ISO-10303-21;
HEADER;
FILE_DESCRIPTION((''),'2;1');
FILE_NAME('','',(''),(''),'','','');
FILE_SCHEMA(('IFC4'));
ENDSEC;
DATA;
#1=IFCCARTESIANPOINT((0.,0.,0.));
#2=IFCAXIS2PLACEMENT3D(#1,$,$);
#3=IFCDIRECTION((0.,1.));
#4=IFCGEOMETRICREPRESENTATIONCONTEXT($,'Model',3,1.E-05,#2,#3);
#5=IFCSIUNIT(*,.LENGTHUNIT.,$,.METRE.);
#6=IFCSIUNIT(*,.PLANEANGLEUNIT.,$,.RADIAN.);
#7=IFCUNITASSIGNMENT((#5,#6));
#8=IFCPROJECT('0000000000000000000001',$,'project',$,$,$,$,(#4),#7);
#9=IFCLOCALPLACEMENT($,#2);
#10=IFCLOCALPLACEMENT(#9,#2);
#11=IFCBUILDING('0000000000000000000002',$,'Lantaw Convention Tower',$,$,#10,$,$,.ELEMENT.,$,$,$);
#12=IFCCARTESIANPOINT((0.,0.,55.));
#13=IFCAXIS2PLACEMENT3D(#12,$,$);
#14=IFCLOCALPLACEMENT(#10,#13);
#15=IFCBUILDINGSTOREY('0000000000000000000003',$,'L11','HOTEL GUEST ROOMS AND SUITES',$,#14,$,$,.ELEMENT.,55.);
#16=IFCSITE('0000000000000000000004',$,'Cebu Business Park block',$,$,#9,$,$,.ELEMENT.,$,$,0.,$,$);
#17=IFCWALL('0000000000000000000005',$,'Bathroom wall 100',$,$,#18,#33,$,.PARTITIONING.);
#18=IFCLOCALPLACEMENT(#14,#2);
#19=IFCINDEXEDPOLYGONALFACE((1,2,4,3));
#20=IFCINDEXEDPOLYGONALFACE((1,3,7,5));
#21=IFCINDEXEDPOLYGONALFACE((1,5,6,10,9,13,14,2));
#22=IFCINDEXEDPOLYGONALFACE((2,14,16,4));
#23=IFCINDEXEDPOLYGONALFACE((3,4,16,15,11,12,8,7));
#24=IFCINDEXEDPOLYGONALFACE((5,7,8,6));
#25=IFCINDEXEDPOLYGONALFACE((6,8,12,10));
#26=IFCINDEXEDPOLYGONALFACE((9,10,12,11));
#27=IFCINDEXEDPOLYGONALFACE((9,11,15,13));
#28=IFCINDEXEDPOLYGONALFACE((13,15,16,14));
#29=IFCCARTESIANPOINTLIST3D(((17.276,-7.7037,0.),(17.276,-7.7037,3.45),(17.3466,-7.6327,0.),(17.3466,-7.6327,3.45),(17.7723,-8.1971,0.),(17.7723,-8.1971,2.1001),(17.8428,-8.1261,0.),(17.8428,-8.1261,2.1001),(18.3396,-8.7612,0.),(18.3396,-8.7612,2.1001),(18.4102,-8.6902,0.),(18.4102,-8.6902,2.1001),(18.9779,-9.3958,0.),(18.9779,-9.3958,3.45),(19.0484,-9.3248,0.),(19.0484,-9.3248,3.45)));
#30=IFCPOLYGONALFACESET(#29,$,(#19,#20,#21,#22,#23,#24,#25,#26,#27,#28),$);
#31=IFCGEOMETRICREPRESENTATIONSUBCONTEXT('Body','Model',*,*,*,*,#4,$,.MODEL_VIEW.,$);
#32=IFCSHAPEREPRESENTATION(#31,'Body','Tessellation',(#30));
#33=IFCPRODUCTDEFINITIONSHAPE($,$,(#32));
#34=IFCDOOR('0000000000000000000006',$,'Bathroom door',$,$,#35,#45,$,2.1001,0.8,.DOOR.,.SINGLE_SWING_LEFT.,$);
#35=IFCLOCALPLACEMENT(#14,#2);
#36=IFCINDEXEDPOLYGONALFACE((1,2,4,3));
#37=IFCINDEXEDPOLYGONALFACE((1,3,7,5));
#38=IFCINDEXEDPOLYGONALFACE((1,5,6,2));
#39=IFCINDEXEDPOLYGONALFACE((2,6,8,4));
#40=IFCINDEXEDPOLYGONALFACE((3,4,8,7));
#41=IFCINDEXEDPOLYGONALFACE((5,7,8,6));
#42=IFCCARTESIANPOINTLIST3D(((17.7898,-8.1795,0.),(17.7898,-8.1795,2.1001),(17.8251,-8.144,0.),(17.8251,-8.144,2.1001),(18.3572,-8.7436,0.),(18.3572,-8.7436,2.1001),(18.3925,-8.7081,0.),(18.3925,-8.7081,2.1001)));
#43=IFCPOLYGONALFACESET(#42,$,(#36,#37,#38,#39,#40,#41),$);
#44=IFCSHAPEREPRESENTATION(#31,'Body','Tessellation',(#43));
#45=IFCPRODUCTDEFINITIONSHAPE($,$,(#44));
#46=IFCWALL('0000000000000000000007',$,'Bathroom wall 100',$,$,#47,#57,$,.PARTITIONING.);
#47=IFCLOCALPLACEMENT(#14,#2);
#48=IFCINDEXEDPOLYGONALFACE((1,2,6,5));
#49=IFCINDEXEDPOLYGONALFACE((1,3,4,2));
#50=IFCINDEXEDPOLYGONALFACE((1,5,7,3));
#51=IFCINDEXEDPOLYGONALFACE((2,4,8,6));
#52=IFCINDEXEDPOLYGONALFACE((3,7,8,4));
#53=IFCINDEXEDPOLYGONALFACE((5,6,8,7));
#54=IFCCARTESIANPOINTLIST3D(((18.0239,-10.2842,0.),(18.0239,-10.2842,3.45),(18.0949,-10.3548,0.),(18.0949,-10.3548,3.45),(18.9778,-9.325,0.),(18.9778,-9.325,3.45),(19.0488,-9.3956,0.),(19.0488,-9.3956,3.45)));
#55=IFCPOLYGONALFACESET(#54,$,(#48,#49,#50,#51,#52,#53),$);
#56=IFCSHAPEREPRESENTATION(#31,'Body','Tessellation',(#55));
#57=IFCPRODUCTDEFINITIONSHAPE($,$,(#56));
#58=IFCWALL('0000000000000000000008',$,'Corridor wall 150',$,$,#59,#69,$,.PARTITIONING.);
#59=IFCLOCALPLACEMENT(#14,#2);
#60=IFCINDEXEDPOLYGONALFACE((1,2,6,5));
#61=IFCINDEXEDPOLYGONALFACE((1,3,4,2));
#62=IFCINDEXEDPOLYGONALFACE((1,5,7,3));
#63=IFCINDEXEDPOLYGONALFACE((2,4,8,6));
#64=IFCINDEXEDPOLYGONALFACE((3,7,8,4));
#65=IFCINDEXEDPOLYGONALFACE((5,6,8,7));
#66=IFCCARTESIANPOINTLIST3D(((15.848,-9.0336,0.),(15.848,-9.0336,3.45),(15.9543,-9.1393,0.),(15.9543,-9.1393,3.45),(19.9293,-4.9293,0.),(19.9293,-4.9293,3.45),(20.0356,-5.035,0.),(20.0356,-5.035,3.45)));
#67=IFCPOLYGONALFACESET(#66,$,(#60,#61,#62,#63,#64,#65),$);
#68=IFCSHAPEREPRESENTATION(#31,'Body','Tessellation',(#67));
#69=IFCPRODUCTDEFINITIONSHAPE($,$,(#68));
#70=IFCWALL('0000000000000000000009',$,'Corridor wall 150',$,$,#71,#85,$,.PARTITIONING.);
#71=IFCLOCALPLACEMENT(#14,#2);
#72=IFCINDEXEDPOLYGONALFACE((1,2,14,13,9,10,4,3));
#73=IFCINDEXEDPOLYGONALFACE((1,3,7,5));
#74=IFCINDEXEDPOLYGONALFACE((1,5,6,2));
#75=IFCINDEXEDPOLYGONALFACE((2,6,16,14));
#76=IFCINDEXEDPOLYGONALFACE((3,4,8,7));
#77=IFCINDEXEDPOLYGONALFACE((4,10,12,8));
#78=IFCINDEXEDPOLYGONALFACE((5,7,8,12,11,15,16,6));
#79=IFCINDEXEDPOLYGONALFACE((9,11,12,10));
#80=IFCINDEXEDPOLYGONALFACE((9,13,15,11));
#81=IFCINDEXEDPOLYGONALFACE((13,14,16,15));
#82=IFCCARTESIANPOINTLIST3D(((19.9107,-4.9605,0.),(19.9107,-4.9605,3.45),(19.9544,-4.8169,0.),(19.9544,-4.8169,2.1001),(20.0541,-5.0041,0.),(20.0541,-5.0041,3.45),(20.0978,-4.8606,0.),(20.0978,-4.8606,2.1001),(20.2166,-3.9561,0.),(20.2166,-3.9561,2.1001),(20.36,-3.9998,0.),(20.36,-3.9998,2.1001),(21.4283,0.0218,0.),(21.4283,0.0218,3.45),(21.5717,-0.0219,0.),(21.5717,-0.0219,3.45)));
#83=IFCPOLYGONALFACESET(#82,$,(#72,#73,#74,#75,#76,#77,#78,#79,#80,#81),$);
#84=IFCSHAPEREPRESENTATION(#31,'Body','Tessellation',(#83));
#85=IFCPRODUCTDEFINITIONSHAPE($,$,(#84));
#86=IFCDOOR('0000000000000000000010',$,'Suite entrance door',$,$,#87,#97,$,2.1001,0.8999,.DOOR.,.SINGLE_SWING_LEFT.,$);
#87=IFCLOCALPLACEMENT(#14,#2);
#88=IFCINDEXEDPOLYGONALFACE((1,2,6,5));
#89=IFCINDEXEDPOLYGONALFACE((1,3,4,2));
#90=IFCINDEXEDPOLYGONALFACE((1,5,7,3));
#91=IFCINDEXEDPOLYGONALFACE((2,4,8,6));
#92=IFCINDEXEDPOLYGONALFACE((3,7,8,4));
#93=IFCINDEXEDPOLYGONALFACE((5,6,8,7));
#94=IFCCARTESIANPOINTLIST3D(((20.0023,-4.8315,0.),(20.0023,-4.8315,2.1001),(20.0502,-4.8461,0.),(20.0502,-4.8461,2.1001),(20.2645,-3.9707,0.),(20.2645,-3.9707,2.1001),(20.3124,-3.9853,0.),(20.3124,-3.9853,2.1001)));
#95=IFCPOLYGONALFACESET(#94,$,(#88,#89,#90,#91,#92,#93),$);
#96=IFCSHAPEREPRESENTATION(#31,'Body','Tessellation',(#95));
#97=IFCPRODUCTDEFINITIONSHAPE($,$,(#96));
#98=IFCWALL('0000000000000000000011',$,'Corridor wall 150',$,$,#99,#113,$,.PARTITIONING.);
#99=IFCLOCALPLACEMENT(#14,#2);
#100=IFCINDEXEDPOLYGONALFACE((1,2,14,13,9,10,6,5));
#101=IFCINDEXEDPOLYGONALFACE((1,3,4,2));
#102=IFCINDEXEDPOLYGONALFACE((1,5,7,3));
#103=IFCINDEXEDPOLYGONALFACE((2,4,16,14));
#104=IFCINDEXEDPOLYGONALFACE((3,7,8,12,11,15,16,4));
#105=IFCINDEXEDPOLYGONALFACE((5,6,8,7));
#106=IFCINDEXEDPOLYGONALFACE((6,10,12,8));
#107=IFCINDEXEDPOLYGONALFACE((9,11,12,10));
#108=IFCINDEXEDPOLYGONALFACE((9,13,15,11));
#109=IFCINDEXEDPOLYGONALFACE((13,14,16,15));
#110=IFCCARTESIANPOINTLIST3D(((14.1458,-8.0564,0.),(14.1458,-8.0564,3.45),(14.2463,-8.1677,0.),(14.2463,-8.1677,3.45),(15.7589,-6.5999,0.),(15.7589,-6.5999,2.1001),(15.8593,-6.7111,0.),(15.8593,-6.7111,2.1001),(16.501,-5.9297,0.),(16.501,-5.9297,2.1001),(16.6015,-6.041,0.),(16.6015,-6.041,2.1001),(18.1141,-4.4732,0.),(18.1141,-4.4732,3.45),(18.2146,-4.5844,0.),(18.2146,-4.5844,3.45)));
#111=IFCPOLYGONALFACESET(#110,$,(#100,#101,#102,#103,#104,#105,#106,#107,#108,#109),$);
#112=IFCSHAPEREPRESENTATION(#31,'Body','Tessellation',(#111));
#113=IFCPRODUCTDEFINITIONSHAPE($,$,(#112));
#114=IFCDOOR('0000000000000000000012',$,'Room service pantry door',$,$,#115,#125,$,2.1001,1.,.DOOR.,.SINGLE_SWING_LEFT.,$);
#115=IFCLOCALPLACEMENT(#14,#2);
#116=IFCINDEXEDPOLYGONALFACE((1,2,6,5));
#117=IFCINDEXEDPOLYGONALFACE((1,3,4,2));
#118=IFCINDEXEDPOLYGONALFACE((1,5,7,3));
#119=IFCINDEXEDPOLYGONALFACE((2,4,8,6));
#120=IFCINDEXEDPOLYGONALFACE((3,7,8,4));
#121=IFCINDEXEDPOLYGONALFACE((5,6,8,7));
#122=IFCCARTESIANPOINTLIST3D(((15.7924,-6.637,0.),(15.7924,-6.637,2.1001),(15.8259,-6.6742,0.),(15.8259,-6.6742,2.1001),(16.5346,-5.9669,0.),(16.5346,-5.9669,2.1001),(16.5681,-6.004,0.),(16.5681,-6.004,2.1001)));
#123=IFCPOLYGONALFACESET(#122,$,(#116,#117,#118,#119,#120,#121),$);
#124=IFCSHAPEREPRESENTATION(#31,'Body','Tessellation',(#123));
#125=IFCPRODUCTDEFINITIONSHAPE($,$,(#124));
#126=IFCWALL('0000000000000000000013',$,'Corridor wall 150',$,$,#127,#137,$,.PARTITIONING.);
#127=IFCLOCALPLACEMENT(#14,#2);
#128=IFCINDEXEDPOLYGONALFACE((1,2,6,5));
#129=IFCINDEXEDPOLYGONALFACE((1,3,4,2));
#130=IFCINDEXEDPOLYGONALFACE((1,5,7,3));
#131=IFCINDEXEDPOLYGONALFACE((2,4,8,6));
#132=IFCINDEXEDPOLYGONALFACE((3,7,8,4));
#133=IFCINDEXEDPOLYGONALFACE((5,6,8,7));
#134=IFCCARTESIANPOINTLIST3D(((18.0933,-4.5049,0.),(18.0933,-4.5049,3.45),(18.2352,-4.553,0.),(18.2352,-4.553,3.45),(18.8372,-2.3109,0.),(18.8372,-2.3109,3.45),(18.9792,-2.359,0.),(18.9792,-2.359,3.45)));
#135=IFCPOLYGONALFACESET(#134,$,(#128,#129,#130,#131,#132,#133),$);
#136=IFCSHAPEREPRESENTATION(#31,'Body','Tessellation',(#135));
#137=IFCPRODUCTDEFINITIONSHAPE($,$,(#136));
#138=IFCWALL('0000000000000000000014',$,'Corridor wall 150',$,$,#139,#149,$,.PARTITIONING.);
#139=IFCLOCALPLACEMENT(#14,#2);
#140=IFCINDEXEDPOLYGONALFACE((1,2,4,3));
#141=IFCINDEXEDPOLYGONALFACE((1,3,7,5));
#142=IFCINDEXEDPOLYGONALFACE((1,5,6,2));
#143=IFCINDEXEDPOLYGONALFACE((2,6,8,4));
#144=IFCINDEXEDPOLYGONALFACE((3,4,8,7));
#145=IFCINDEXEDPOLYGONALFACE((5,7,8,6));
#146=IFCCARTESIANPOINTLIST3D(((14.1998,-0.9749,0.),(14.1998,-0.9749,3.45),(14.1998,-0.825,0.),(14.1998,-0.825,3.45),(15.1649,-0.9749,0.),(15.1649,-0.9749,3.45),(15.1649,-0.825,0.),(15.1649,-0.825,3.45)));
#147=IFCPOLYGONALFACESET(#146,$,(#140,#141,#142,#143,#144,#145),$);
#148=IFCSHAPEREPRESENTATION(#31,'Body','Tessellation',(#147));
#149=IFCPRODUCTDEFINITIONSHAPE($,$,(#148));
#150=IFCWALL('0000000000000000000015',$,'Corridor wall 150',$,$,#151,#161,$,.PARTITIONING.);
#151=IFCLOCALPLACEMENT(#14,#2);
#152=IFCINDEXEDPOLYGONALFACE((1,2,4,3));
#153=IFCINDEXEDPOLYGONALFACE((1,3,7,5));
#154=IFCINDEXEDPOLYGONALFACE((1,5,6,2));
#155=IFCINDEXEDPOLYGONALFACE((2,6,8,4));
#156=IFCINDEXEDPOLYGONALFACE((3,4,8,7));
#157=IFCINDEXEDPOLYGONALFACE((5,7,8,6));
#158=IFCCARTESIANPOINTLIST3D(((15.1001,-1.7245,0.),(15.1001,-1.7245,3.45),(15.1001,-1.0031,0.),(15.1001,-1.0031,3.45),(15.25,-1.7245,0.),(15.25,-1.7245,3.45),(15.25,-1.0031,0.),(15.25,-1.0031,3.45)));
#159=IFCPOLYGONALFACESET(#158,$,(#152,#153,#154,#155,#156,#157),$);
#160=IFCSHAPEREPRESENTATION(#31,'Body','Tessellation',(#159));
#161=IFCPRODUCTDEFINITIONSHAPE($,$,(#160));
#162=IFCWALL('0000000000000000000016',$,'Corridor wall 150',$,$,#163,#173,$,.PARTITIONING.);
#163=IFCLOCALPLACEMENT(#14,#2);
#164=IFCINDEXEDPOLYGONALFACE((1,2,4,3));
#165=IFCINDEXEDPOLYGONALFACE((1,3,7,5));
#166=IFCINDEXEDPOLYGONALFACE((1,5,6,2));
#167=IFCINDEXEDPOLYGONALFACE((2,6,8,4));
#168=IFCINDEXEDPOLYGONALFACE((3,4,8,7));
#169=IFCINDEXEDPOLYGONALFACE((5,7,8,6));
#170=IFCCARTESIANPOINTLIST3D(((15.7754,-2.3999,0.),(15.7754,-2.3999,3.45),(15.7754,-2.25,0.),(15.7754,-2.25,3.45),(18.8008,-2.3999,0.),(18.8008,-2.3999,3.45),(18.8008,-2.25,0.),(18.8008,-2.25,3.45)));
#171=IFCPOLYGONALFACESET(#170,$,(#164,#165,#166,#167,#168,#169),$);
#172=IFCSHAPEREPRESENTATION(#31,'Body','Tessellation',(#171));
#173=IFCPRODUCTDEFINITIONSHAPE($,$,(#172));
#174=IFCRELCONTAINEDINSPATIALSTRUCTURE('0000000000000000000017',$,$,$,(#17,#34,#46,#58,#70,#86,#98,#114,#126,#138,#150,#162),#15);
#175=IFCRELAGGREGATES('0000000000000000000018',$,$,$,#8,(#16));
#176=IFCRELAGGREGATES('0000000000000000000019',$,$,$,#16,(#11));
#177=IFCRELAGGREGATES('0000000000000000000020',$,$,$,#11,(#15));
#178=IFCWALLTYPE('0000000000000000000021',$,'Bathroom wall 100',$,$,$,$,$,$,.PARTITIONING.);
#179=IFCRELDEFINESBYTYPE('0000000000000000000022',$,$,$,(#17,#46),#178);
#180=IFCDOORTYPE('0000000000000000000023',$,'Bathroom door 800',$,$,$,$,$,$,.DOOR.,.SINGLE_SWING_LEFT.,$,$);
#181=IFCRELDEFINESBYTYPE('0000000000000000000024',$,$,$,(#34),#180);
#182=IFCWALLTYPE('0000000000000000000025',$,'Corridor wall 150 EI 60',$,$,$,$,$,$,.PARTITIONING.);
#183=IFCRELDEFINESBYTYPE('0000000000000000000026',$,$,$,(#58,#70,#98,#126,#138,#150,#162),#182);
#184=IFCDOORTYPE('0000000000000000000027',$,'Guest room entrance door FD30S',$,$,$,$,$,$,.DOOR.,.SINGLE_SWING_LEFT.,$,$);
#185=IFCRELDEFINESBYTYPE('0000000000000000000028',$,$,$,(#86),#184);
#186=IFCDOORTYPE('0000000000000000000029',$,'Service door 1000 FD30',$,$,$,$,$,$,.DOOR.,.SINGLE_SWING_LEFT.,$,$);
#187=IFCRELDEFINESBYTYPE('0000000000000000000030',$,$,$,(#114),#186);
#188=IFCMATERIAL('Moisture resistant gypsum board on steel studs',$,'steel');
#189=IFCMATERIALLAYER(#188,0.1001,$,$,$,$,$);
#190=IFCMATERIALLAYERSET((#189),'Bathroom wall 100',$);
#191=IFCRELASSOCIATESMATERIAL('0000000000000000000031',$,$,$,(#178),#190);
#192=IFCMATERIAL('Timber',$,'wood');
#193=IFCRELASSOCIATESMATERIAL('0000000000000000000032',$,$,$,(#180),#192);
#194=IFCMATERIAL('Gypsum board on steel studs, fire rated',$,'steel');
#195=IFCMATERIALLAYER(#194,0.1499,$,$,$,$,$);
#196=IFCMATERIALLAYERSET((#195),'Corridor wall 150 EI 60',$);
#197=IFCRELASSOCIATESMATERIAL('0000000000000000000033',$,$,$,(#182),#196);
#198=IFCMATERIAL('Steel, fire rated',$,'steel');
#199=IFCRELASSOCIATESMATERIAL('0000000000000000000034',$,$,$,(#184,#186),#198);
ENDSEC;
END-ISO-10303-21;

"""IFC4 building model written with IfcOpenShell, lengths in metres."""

from ifc_helpers import new_model, si_unit, direction, frame, frame_2d, origin, place, context, subcontext, project, spatial, rectangle, extrude, material, layer, layer_set, type_object, element, fill, save


model = new_model("IFC4")

# Units and contexts
model_context = context("Model", 3, precision=1e-05, world=origin(), true_north=direction((0.0, 1.0)))
body_context = subcontext(model_context, "Body", "Model", "MODEL_VIEW")
ifc_project = project(units=[si_unit("LENGTHUNIT", "METRE"), si_unit("PLANEANGLEUNIT", "RADIAN")], contexts=[model_context])

# Site, building, storey
site_placement = place(None, origin())
site = spatial("IfcSite", under=ifc_project, at=site_placement, Name="Cebu Business Park block", CompositionType="ELEMENT", RefElevation=0.0)
building_placement = place(site_placement, origin())
building = spatial("IfcBuilding", under=site, at=building_placement, Name="Lantaw Convention Tower", CompositionType="ELEMENT")
storey_placement = place(building_placement, frame((0.0, 0.0, 55.0)))
storey = spatial("IfcBuildingStorey", under=building, at=storey_placement, Name="L11", Description="HOTEL GUEST ROOMS AND SUITES", CompositionType="ELEMENT", Elevation=55.0)

# Wall, opening, door
ifc_material_1 = material(Name="Moisture resistant gypsum board on steel studs", Category="steel")
ifc_layer_1 = layer(ifc_material_1, 0.1001)
ifc_layer_set_1 = layer_set([ifc_layer_1], Name="Bathroom wall 100")
wall_type_1 = type_object("IfcWallType", Name="Bathroom wall 100", PredefinedType="PARTITIONING", material=ifc_layer_set_1)
wall_1_placement = place(storey_placement, frame((17.3113, -7.6682, 0.0), z_axis=(0.0, 0.0, 1.0), x_axis=(0.709138, -0.705069, 0.0)))
wall_1 = element("IfcWall", 1, at=wall_1_placement, inside=storey, type_object=wall_type_1, Name="Bathroom wall 100", PredefinedType="PARTITIONING", context=body_context, shape_type="SweptSolid", body=[
    extrude(rectangle(XDim=2.3999, YDim=0.1001, at=frame_2d((1.2, 0.0))), origin(), (0.0, 0.0, 1.0), 3.45),
])
opening_1_placement = place(wall_1_placement, frame((0.7, 0.0, 0.0)))
opening_1 = element("IfcOpeningElement", 2, at=opening_1_placement, cuts=wall_1, PredefinedType="OPENING", context=body_context, shape_type="SweptSolid", body=[
    extrude(rectangle(XDim=0.8, YDim=2.1001, at=frame_2d((0.3999, 1.05))), frame((0.0, 0.0601, 0.0), z_axis=(0.0, -1.0, 0.0), x_axis=(1.0, 0.0, 0.0)), (0.0, 0.0, 1.0), 0.1201),
])
ifc_material_2 = material(Name="Timber", Category="wood")
door_type_1 = type_object("IfcDoorType", Name="Bathroom door 800", OperationType="SINGLE_SWING_LEFT", PredefinedType="DOOR", material=ifc_material_2)
door_1_placement = place(opening_1_placement, origin())
door_1 = element("IfcDoor", 3, at=door_1_placement, inside=storey, type_object=door_type_1, Name="Bathroom door", OperationType="SINGLE_SWING_LEFT", OverallHeight=2.1001, OverallWidth=0.8, PredefinedType="DOOR", context=body_context, shape_type="SweptSolid", body=[
    extrude(rectangle(XDim=0.8, YDim=2.1001, at=frame_2d((0.3999, 1.05))), frame((0.0, 0.0249, 0.0), z_axis=(0.0, -1.0, 0.0), x_axis=(1.0, 0.0, 0.0)), (0.0, 0.0, 1.0), 0.05),
])
fill(opening_1, door_1)

# Walls
wall_2_placement = place(storey_placement, frame((19.0132, -9.3604, 0.0), z_axis=(0.0, 0.0, 1.0), x_axis=(-0.705119, -0.709089, 0.0)))
element("IfcWall", 4, at=wall_2_placement, inside=storey, type_object=wall_type_1, Name="Bathroom wall 100", PredefinedType="PARTITIONING", context=body_context, shape_type="SweptSolid", body=[
    extrude(rectangle(XDim=1.3528, YDim=0.1001, at=frame_2d((0.6763, 0.0))), origin(), (0.0, 0.0, 1.0), 3.45),
])
ifc_material_3 = material(Name="Gypsum board on steel studs, fire rated", Category="steel")
ifc_layer_2 = layer(ifc_material_3, 0.1499)
ifc_layer_set_2 = layer_set([ifc_layer_2], Name="Corridor wall 150 EI 60")
wall_type_2 = type_object("IfcWallType", Name="Corridor wall 150 EI 60", PredefinedType="PARTITIONING", material=ifc_layer_set_2)
wall_3_placement = place(storey_placement, frame((15.9011, -9.0864, 0.0), z_axis=(0.0, 0.0, 1.0), x_axis=(0.705122, 0.709086, 0.0)))
element("IfcWall", 5, at=wall_3_placement, inside=storey, type_object=wall_type_2, Name="Corridor wall 150", PredefinedType="PARTITIONING", context=body_context, shape_type="SweptSolid", body=[
    extrude(rectangle(XDim=5.7881, YDim=0.1499, at=frame_2d((2.894, 0.0))), origin(), (0.0, 0.0, 1.0), 3.45),
])

# Walls, openings, doors
wall_4_placement = place(storey_placement, frame((19.9824, -4.9822, 0.0), z_axis=(0.0, 0.0, 1.0), x_axis=(0.291384, 0.956606, 0.0)))
wall_4 = element("IfcWall", 6, at=wall_4_placement, inside=storey, type_object=wall_type_2, Name="Corridor wall 150", PredefinedType="PARTITIONING", context=body_context, shape_type="SweptSolid", body=[
    extrude(rectangle(XDim=5.2083, YDim=0.1499, at=frame_2d((2.604, 0.0))), origin(), (0.0, 0.0, 1.0), 3.45),
])
opening_2_placement = place(wall_4_placement, frame((0.1499, 0.0, 0.0)))
opening_2 = element("IfcOpeningElement", 7, at=opening_2_placement, cuts=wall_4, PredefinedType="OPENING", context=body_context, shape_type="SweptSolid", body=[
    extrude(rectangle(XDim=0.8999, YDim=2.1001, at=frame_2d((0.45, 1.05))), frame((0.0, 0.085, 0.0), z_axis=(0.0, -1.0, 0.0), x_axis=(1.0, 0.0, 0.0)), (0.0, 0.0, 1.0), 0.1699),
])
ifc_material_4 = material(Name="Steel, fire rated", Category="steel")
door_type_2 = type_object("IfcDoorType", Name="Guest room entrance door FD30S", OperationType="SINGLE_SWING_LEFT", PredefinedType="DOOR", material=ifc_material_4)
door_2_placement = place(opening_2_placement, origin())
door_2 = element("IfcDoor", 8, at=door_2_placement, inside=storey, type_object=door_type_2, Name="Suite entrance door", OperationType="SINGLE_SWING_LEFT", OverallHeight=2.1001, OverallWidth=0.8999, PredefinedType="DOOR", context=body_context, shape_type="SweptSolid", body=[
    extrude(rectangle(XDim=0.8999, YDim=2.1001, at=frame_2d((0.45, 1.05))), frame((0.0, 0.0249, 0.0), z_axis=(0.0, -1.0, 0.0), x_axis=(1.0, 0.0, 0.0)), (0.0, 0.0, 1.0), 0.05),
])
fill(opening_2, door_2)
wall_5_placement = place(storey_placement, frame((14.196, -8.1121, 0.0), z_axis=(0.0, 0.0, 1.0), x_axis=(0.742194, 0.670185, 0.0)))
wall_5 = element("IfcWall", 9, at=wall_5_placement, inside=storey, type_object=wall_type_2, Name="Corridor wall 150", PredefinedType="PARTITIONING", context=body_context, shape_type="SweptSolid", body=[
    extrude(rectangle(XDim=5.3467, YDim=0.1499, at=frame_2d((2.6733, 0.0))), origin(), (0.0, 0.0, 1.0), 3.45),
])
opening_3_placement = place(wall_5_placement, frame((2.1733, 0.0, 0.0)))
opening_3 = element("IfcOpeningElement", 10, at=opening_3_placement, cuts=wall_5, PredefinedType="OPENING", context=body_context, shape_type="SweptSolid", body=[
    extrude(rectangle(XDim=1.0, YDim=2.1001, at=frame_2d((0.5, 1.05))), frame((0.0, 0.085, 0.0), z_axis=(0.0, -1.0, 0.0), x_axis=(1.0, 0.0, 0.0)), (0.0, 0.0, 1.0), 0.1699),
])
door_type_3 = type_object("IfcDoorType", Name="Service door 1000 FD30", OperationType="SINGLE_SWING_LEFT", PredefinedType="DOOR", material=ifc_material_4)
door_3_placement = place(opening_3_placement, origin())
door_3 = element("IfcDoor", 11, at=door_3_placement, inside=storey, type_object=door_type_3, Name="Room service pantry door", OperationType="SINGLE_SWING_LEFT", OverallHeight=2.1001, OverallWidth=1.0, PredefinedType="DOOR", context=body_context, shape_type="SweptSolid", body=[
    extrude(rectangle(XDim=1.0, YDim=2.1001, at=frame_2d((0.5, 1.05))), frame((0.0, 0.0249, 0.0), z_axis=(0.0, -1.0, 0.0), x_axis=(1.0, 0.0, 0.0)), (0.0, 0.0, 1.0), 0.05),
])
fill(opening_3, door_3)

# Walls
wall_6_placement = place(storey_placement, frame((18.1643, -4.5288, 0.0), z_axis=(0.0, 0.0, 1.0), x_axis=(0.321124, 0.947037, 0.0)))
element("IfcWall", 12, at=wall_6_placement, inside=storey, type_object=wall_type_2, Name="Corridor wall 150", PredefinedType="PARTITIONING", context=body_context, shape_type="SweptSolid", body=[
    extrude(rectangle(XDim=2.3167, YDim=0.1499, at=frame_2d((1.1582, 0.0))), origin(), (0.0, 0.0, 1.0), 3.45),
])
wall_7_placement = place(storey_placement, frame((14.2, -0.8999, 0.0), z_axis=(0.0, 0.0, 1.0), x_axis=(1.0, 0.0, 0.0)))
element("IfcWall", 13, at=wall_7_placement, inside=storey, type_object=wall_type_2, Name="Corridor wall 150", PredefinedType="PARTITIONING", context=body_context, shape_type="SweptSolid", body=[
    extrude(rectangle(XDim=0.9651, YDim=0.1499, at=frame_2d((0.4824, 0.0))), origin(), (0.0, 0.0, 1.0), 3.45),
])
wall_8_placement = place(storey_placement, frame((15.175, -1.7246, 0.0), z_axis=(0.0, 0.0, 1.0), x_axis=(0.0, 1.0, 0.0)))
element("IfcWall", 14, at=wall_8_placement, inside=storey, type_object=wall_type_2, Name="Corridor wall 150", PredefinedType="PARTITIONING", context=body_context, shape_type="SweptSolid", body=[
    extrude(rectangle(XDim=0.7214, YDim=0.1499, at=frame_2d((0.3608, 0.0))), origin(), (0.0, 0.0, 1.0), 3.45),
])
wall_9_placement = place(storey_placement, frame((18.8008, -2.325, 0.0), z_axis=(0.0, 0.0, 1.0), x_axis=(-1.0, 0.0, 0.0)))
element("IfcWall", 15, at=wall_9_placement, inside=storey, type_object=wall_type_2, Name="Corridor wall 150", PredefinedType="PARTITIONING", context=body_context, shape_type="SweptSolid", body=[
    extrude(rectangle(XDim=3.0254, YDim=0.1499, at=frame_2d((1.5127, 0.0))), origin(), (0.0, 0.0, 1.0), 3.45),
])

save(model, "model.ifc")
